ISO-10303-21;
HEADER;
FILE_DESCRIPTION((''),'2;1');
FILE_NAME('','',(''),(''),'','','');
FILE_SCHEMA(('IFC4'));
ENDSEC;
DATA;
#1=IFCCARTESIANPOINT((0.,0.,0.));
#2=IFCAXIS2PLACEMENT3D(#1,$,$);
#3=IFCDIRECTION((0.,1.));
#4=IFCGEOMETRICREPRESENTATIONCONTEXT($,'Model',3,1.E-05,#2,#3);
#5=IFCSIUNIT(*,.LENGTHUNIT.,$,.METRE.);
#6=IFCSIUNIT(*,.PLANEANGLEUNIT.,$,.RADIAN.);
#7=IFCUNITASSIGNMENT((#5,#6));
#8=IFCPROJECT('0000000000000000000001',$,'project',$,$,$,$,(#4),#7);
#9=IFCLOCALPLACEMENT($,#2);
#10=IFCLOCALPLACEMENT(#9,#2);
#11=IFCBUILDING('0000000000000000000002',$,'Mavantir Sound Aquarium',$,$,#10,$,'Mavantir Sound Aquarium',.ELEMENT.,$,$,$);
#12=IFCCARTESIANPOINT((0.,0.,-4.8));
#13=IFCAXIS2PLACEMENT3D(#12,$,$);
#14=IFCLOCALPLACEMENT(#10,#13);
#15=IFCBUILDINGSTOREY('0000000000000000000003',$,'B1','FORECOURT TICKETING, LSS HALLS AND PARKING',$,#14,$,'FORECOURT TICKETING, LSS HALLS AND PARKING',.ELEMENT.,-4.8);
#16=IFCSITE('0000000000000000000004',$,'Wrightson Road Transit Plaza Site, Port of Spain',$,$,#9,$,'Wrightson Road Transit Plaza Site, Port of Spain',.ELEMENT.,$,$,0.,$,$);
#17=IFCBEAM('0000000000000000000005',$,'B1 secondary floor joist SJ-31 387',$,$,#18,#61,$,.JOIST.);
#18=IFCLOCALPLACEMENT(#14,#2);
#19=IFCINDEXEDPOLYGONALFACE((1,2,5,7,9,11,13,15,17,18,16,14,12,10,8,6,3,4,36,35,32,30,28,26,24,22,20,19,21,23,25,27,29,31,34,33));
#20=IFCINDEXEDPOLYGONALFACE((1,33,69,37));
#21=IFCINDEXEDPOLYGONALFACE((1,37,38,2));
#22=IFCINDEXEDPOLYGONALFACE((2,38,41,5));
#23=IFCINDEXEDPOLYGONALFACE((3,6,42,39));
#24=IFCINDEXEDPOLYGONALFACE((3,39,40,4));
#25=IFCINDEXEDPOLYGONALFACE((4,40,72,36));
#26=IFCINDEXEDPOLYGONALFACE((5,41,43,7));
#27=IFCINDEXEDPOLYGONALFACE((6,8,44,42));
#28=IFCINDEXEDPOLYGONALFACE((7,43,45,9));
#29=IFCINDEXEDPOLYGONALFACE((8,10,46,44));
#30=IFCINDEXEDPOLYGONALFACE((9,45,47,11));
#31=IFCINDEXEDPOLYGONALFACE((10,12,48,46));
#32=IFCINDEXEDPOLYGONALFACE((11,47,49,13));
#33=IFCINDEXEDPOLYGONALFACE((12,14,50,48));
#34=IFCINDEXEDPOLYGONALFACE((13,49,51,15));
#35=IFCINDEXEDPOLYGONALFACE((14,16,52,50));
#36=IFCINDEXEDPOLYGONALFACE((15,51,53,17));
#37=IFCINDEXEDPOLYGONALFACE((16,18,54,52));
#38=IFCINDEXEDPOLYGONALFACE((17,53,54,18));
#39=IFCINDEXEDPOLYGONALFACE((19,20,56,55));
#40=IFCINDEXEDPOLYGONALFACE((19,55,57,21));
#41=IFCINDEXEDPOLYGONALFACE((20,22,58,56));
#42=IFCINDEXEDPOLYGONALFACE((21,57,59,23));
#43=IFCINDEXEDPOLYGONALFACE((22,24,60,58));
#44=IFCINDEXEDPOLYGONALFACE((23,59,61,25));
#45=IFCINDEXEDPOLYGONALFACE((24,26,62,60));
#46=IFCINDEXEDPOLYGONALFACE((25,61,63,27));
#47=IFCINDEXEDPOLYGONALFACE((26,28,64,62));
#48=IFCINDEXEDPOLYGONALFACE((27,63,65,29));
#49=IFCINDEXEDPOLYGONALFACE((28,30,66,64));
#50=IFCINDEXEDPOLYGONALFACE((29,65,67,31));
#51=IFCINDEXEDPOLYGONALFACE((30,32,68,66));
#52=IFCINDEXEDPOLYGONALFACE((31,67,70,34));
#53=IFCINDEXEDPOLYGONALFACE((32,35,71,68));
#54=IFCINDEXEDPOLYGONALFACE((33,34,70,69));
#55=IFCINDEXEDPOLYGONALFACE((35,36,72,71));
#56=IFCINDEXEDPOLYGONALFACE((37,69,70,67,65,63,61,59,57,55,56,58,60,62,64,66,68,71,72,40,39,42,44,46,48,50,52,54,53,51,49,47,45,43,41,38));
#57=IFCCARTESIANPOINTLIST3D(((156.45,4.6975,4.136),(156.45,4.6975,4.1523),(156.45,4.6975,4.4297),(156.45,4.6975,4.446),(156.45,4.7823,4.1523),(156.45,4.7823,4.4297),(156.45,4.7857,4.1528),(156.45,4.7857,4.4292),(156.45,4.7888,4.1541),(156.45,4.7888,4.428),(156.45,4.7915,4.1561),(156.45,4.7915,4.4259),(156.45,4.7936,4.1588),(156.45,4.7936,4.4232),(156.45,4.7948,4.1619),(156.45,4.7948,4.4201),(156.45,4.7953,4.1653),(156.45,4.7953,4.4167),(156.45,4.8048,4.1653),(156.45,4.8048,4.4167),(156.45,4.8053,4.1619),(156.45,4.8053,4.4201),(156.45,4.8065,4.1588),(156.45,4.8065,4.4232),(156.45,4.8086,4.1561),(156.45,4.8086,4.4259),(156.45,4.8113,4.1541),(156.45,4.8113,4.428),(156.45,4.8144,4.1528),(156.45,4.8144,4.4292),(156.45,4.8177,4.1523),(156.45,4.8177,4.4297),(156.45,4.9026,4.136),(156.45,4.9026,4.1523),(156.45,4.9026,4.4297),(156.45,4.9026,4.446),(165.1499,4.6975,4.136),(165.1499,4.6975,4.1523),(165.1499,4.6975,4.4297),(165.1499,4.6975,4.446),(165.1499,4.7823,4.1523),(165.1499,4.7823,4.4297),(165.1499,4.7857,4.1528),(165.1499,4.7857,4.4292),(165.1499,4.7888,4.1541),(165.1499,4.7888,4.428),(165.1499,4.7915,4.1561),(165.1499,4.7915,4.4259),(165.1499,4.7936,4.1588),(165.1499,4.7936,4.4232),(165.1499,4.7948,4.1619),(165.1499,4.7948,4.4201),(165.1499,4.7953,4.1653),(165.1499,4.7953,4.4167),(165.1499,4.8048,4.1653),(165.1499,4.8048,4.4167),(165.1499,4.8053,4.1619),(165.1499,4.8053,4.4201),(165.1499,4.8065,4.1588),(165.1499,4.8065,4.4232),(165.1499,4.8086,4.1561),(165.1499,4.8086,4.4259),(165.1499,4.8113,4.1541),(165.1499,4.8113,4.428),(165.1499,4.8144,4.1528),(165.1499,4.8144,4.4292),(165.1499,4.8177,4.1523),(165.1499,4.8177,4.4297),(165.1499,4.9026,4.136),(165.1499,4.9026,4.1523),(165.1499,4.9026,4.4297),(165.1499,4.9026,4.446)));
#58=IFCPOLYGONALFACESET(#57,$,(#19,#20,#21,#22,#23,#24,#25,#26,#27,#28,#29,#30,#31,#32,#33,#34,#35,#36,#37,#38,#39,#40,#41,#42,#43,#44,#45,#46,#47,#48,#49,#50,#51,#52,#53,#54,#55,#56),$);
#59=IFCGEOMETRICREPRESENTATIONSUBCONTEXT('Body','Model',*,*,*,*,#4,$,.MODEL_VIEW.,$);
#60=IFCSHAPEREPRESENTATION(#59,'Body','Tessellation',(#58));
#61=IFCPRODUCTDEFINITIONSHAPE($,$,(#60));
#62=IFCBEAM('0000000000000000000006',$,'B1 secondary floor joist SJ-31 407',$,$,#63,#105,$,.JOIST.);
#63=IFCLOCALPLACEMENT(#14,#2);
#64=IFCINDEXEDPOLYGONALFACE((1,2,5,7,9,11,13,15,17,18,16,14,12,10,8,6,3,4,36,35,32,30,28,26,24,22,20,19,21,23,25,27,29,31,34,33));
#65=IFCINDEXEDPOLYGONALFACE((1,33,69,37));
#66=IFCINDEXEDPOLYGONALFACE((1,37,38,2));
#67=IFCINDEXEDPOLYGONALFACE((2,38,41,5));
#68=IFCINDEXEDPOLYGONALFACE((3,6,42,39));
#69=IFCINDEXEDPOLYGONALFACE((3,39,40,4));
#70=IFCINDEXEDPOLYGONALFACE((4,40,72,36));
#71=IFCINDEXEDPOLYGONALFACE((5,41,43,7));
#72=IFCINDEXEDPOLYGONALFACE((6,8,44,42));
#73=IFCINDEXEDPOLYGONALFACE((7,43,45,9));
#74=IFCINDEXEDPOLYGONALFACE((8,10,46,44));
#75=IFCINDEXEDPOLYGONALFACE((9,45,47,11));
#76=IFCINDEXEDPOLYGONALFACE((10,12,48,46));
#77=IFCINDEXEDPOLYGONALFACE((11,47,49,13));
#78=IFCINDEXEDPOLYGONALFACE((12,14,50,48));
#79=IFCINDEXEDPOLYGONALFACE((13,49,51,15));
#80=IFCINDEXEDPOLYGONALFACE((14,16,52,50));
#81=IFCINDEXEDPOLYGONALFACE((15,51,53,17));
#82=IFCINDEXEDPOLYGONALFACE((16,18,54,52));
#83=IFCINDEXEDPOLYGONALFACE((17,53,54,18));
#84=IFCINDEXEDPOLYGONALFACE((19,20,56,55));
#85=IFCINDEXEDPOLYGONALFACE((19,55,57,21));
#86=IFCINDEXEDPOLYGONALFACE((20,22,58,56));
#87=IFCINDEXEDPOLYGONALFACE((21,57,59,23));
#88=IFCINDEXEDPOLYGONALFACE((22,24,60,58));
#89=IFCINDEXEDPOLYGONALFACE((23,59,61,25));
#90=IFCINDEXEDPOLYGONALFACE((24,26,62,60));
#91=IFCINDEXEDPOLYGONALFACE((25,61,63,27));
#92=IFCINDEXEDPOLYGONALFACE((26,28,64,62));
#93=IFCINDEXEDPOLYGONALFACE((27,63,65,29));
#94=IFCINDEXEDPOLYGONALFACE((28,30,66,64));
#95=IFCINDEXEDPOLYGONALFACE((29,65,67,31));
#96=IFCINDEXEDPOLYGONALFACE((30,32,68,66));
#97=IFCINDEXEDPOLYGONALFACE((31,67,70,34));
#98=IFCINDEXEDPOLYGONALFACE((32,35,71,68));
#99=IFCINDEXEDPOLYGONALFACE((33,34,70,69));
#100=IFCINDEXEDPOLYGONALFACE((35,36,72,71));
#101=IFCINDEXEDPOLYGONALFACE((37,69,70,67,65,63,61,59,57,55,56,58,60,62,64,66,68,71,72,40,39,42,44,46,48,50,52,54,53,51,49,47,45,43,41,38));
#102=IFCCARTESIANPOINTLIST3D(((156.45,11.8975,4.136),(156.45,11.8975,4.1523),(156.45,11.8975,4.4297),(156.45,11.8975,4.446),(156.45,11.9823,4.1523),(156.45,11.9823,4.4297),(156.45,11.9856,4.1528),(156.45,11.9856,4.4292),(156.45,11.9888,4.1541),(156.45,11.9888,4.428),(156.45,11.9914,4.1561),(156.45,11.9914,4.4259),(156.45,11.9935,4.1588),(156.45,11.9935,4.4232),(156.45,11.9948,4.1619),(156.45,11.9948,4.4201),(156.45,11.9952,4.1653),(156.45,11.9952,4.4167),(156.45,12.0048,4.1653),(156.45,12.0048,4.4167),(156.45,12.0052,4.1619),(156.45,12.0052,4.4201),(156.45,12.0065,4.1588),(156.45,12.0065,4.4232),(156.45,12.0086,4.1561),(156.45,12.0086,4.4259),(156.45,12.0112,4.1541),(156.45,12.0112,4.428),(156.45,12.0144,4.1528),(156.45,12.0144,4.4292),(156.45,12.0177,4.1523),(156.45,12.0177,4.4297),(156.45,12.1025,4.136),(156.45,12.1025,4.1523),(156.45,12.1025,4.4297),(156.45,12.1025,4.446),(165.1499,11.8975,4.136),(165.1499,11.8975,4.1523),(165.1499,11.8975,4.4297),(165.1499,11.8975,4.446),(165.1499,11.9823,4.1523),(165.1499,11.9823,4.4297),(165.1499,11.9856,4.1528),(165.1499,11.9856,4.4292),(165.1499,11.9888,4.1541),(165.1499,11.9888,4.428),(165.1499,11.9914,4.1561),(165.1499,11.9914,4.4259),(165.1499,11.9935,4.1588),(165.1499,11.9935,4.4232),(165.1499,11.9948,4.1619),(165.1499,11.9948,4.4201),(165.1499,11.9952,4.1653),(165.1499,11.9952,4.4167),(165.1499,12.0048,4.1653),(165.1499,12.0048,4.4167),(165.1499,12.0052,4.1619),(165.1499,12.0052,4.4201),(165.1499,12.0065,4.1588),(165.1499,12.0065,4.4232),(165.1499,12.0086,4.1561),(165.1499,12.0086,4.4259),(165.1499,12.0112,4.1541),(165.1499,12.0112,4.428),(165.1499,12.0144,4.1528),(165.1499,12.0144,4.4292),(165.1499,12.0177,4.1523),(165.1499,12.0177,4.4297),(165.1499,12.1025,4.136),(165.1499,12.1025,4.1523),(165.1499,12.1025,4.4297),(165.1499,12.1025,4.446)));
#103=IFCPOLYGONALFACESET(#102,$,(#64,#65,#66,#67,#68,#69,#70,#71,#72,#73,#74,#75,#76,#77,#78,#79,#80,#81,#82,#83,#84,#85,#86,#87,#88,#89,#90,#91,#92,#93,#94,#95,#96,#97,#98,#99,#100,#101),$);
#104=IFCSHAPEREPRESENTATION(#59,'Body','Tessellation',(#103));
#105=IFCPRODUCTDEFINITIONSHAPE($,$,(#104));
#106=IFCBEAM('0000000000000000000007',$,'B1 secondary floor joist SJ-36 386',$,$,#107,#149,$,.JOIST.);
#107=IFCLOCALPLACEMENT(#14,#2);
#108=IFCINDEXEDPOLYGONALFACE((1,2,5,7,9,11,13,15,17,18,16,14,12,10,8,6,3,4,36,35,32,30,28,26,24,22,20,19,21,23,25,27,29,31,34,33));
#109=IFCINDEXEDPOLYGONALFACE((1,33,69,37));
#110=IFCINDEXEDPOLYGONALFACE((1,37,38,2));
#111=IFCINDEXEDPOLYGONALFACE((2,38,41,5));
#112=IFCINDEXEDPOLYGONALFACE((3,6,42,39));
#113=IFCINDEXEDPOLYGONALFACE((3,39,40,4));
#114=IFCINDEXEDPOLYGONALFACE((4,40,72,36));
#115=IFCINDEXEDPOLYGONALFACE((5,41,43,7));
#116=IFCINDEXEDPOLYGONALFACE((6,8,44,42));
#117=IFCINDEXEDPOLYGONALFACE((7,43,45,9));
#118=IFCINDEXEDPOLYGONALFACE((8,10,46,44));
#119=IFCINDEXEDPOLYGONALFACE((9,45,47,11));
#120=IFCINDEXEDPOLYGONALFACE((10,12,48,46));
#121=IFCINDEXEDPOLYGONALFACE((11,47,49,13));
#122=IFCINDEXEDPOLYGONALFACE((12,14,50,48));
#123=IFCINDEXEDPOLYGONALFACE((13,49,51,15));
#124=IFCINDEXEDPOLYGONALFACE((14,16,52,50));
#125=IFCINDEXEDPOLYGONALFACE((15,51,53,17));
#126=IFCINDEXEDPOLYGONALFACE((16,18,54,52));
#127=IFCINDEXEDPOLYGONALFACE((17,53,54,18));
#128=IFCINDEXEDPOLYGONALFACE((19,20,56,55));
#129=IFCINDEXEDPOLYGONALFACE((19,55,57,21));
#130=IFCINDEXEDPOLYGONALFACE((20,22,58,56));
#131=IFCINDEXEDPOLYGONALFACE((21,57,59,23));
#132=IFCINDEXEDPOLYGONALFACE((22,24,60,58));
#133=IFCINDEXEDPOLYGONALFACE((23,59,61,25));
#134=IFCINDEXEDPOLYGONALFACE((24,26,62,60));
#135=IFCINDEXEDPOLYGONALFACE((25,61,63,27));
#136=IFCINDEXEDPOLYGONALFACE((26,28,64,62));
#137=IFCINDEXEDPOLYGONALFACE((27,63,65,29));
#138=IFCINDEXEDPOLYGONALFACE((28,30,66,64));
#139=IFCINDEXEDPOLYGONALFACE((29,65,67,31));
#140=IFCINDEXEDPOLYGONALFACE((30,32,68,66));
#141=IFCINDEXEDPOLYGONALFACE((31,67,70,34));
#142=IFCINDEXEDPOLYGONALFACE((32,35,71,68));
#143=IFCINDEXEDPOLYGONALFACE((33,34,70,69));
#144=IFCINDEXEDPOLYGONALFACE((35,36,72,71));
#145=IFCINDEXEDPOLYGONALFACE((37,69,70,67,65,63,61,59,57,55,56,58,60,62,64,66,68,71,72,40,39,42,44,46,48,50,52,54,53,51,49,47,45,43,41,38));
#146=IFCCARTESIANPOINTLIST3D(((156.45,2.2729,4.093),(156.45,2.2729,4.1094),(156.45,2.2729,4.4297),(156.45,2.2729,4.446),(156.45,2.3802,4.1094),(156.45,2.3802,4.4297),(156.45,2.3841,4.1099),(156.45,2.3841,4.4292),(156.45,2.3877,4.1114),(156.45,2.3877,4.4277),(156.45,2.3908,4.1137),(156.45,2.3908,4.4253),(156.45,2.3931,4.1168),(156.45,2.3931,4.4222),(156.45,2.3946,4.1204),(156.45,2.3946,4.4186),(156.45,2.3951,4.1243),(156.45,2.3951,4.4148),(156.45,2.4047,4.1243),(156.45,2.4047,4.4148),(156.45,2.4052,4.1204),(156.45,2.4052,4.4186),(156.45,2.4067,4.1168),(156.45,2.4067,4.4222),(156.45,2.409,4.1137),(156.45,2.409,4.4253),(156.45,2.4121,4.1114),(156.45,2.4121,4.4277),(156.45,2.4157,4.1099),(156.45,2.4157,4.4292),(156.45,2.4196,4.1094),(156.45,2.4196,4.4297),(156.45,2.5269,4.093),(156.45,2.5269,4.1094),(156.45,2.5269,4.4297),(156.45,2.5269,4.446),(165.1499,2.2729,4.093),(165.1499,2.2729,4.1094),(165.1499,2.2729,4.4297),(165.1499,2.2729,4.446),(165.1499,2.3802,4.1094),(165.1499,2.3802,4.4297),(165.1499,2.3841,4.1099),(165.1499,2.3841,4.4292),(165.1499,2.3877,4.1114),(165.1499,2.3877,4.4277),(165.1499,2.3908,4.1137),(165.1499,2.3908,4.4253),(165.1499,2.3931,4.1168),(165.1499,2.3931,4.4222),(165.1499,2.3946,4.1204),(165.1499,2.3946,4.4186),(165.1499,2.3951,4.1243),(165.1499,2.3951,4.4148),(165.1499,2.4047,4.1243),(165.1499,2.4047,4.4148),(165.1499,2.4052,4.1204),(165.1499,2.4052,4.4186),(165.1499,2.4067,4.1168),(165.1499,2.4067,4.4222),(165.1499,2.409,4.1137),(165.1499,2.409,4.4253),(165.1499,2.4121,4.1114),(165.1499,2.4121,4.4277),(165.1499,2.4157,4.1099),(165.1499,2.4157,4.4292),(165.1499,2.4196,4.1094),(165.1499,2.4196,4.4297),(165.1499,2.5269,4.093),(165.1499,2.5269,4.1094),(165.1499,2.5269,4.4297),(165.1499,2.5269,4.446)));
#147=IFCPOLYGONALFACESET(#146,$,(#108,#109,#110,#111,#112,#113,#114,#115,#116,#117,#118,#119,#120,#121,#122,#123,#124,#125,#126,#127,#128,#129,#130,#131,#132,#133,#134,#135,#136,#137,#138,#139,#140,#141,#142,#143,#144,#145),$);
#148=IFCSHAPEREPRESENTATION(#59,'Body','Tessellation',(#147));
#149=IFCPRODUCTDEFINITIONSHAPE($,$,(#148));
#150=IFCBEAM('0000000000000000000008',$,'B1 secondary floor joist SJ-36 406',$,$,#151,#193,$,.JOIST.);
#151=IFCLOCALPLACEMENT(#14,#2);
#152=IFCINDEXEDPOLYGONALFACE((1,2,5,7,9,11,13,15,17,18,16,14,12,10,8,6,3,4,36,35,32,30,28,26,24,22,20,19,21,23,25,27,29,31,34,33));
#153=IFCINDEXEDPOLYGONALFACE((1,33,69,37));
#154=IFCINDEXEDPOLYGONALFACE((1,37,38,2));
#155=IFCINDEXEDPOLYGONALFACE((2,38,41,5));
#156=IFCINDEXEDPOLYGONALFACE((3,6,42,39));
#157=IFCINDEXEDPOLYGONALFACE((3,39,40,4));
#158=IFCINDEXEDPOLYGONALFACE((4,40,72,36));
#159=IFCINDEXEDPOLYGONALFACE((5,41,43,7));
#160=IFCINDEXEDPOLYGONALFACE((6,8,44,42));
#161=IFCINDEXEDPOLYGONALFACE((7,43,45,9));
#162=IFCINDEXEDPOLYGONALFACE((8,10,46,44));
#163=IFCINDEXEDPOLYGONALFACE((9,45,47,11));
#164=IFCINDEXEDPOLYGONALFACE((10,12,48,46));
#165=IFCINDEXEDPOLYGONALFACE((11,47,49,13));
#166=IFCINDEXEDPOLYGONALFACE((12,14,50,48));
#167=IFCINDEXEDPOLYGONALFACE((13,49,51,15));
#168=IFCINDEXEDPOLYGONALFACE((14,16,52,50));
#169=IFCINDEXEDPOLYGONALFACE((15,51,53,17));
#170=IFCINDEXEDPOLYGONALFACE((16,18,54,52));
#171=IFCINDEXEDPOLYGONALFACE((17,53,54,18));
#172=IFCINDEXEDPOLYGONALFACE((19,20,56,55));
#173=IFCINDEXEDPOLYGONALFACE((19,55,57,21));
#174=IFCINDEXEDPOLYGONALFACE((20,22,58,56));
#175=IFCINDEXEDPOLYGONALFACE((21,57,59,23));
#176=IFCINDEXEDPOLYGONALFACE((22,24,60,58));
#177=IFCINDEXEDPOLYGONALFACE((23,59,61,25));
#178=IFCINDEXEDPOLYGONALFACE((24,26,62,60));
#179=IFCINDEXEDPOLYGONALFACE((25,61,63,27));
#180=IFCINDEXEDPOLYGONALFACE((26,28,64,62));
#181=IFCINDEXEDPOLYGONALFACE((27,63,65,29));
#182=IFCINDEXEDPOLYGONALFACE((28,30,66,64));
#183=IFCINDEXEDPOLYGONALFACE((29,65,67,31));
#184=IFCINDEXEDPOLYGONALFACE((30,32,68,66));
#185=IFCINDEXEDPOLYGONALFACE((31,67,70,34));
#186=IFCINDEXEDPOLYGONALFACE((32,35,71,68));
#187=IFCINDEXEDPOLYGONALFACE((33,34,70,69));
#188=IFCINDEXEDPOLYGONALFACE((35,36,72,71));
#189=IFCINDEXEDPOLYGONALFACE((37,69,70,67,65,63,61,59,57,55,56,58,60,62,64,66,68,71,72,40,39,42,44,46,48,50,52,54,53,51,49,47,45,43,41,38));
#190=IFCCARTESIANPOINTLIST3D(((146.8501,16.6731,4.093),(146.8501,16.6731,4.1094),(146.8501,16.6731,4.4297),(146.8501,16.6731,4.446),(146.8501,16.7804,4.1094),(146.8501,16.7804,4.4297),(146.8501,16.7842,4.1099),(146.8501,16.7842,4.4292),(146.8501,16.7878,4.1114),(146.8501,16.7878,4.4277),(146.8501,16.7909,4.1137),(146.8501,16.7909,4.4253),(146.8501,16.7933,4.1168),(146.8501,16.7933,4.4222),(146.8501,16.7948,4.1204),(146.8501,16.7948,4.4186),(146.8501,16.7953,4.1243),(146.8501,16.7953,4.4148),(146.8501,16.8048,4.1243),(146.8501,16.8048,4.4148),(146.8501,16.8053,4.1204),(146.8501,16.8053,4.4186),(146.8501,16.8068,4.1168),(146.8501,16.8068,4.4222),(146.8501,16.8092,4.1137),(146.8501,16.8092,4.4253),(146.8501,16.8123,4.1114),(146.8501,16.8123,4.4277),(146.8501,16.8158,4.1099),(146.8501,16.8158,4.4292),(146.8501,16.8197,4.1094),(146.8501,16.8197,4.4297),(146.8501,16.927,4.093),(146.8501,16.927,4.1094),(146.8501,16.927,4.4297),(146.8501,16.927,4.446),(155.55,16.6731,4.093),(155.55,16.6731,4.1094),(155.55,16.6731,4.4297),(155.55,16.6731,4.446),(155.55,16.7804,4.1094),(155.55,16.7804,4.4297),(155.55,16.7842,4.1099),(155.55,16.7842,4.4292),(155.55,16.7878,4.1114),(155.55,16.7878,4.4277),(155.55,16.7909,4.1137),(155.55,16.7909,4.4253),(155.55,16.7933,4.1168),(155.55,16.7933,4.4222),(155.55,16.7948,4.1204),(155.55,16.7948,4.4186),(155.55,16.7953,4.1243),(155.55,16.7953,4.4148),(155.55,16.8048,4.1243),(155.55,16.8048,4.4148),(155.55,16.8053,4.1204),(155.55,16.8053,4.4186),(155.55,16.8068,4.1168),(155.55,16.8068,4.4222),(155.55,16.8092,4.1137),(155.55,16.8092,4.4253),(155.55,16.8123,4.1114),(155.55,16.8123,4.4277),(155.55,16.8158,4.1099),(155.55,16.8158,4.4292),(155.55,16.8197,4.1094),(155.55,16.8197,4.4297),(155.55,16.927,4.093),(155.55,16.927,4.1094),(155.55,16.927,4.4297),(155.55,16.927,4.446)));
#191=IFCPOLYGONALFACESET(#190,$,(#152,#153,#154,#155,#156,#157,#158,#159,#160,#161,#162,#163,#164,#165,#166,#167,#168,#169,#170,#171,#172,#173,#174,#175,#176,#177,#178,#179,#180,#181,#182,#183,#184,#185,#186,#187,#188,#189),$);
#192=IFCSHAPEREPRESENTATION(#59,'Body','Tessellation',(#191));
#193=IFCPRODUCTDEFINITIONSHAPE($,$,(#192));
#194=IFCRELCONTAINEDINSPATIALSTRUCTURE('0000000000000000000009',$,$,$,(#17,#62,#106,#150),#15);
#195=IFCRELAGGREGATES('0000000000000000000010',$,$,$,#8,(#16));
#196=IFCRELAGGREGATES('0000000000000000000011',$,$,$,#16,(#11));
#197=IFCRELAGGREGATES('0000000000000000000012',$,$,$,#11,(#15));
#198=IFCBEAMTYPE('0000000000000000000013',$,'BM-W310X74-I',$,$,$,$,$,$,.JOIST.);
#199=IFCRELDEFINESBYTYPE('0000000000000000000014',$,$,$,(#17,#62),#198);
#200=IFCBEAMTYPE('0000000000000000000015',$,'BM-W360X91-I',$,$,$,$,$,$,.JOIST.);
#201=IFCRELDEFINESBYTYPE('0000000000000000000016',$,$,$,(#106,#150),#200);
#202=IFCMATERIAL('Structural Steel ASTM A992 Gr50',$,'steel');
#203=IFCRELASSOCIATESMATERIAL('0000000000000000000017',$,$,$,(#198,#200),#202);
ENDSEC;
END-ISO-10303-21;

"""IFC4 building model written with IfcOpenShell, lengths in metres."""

from ifc_helpers import new_model, si_unit, direction, frame, origin, origin_2d, place, context, subcontext, project, spatial, i_section, extrude, material, material_profile, profile_set, type_object, element, save


model = new_model("IFC4")

# Units and contexts
model_context = context("Model", 3, precision=1e-05, world=origin(), true_north=direction((0.0, 1.0)))
body_context = subcontext(model_context, "Body", "Model", "MODEL_VIEW")
ifc_project = project(units=[si_unit("LENGTHUNIT", "METRE"), si_unit("PLANEANGLEUNIT", "RADIAN")], contexts=[model_context])

# Site, building, storey
site_placement = place(None, origin())
site = spatial("IfcSite", under=ifc_project, at=site_placement, Name="Wrightson Road Transit Plaza Site, Port of Spain", LongName="Wrightson Road Transit Plaza Site, Port of Spain", CompositionType="ELEMENT", RefElevation=0.0)
building_placement = place(site_placement, origin())
building = spatial("IfcBuilding", under=site, at=building_placement, Name="Mavantir Sound Aquarium", LongName="Mavantir Sound Aquarium", CompositionType="ELEMENT")
storey_placement = place(building_placement, frame((0.0, 0.0, -4.8)))
storey = spatial("IfcBuildingStorey", under=building, at=storey_placement, Name="B1", Description="FORECOURT TICKETING, LSS HALLS AND PARKING", LongName="FORECOURT TICKETING, LSS HALLS AND PARKING", CompositionType="ELEMENT", Elevation=-4.8)

# Beams
ifc_material_1 = material(Name="Structural Steel ASTM A992 Gr50", Category="steel")
ifc_material_profile_1 = material_profile(ifc_material_1, i_section(OverallWidth=0.2051, OverallDepth=0.3101, WebThickness=0.0095, FlangeThickness=0.0164, FilletRadius=0.0129, at=origin_2d()), Name="W310X74")
ifc_profile_set_1 = profile_set([ifc_material_profile_1], Name="Structural Steel ASTM A992 Gr50")
beam_type_1 = type_object("IfcBeamType", Name="BM-W310X74-I", PredefinedType="JOIST", material=ifc_profile_set_1)
for number, where, z_axis, x_axis, name in (
    (1, (156.45, 4.8, 4.291), (1.0, 0.0, 0.0), (0.0, 1.0, 0.0), "B1 secondary floor joist SJ-31 387"),
    (2, (156.45, 12.0, 4.291), (1.0, 0.0, 0.0), (0.0, 1.0, 0.0), "B1 secondary floor joist SJ-31 407"),
):
    element("IfcBeam", number, at=place(storey_placement, frame(where, z_axis=z_axis, x_axis=x_axis)), inside=storey, type_object=beam_type_1, Name=name, PredefinedType="JOIST", context=body_context, shape_type="SweptSolid", body=[
        extrude(i_section(OverallWidth=0.2051, OverallDepth=0.3101, WebThickness=0.0095, FlangeThickness=0.0164, FilletRadius=0.0129, at=origin_2d()), origin(), (0.0, 0.0, 1.0), 8.7),
    ])
ifc_material_profile_2 = material_profile(ifc_material_1, i_section(OverallWidth=0.2539, OverallDepth=0.353, WebThickness=0.0095, FlangeThickness=0.0164, FilletRadius=0.0149, at=origin_2d()), Name="W360X91")
ifc_profile_set_2 = profile_set([ifc_material_profile_2], Name="Structural Steel ASTM A992 Gr50")
beam_type_2 = type_object("IfcBeamType", Name="BM-W360X91-I", PredefinedType="JOIST", material=ifc_profile_set_2)
for number, where, z_axis, x_axis, name in (
    (3, (156.45, 2.3999, 4.2695), (1.0, 0.0, 0.0), (0.0, 1.0, 0.0), "B1 secondary floor joist SJ-36 386"),
    (4, (146.8501, 16.8, 4.2695), (1.0, 0.0, 0.0), (0.0, 1.0, 0.0), "B1 secondary floor joist SJ-36 406"),
):
    element("IfcBeam", number, at=place(storey_placement, frame(where, z_axis=z_axis, x_axis=x_axis)), inside=storey, type_object=beam_type_2, Name=name, PredefinedType="JOIST", context=body_context, shape_type="SweptSolid", body=[
        extrude(i_section(OverallWidth=0.2539, OverallDepth=0.353, WebThickness=0.0095, FlangeThickness=0.0164, FilletRadius=0.0149, at=origin_2d()), origin(), (0.0, 0.0, 1.0), 8.7),
    ])

save(model, "model.ifc")
